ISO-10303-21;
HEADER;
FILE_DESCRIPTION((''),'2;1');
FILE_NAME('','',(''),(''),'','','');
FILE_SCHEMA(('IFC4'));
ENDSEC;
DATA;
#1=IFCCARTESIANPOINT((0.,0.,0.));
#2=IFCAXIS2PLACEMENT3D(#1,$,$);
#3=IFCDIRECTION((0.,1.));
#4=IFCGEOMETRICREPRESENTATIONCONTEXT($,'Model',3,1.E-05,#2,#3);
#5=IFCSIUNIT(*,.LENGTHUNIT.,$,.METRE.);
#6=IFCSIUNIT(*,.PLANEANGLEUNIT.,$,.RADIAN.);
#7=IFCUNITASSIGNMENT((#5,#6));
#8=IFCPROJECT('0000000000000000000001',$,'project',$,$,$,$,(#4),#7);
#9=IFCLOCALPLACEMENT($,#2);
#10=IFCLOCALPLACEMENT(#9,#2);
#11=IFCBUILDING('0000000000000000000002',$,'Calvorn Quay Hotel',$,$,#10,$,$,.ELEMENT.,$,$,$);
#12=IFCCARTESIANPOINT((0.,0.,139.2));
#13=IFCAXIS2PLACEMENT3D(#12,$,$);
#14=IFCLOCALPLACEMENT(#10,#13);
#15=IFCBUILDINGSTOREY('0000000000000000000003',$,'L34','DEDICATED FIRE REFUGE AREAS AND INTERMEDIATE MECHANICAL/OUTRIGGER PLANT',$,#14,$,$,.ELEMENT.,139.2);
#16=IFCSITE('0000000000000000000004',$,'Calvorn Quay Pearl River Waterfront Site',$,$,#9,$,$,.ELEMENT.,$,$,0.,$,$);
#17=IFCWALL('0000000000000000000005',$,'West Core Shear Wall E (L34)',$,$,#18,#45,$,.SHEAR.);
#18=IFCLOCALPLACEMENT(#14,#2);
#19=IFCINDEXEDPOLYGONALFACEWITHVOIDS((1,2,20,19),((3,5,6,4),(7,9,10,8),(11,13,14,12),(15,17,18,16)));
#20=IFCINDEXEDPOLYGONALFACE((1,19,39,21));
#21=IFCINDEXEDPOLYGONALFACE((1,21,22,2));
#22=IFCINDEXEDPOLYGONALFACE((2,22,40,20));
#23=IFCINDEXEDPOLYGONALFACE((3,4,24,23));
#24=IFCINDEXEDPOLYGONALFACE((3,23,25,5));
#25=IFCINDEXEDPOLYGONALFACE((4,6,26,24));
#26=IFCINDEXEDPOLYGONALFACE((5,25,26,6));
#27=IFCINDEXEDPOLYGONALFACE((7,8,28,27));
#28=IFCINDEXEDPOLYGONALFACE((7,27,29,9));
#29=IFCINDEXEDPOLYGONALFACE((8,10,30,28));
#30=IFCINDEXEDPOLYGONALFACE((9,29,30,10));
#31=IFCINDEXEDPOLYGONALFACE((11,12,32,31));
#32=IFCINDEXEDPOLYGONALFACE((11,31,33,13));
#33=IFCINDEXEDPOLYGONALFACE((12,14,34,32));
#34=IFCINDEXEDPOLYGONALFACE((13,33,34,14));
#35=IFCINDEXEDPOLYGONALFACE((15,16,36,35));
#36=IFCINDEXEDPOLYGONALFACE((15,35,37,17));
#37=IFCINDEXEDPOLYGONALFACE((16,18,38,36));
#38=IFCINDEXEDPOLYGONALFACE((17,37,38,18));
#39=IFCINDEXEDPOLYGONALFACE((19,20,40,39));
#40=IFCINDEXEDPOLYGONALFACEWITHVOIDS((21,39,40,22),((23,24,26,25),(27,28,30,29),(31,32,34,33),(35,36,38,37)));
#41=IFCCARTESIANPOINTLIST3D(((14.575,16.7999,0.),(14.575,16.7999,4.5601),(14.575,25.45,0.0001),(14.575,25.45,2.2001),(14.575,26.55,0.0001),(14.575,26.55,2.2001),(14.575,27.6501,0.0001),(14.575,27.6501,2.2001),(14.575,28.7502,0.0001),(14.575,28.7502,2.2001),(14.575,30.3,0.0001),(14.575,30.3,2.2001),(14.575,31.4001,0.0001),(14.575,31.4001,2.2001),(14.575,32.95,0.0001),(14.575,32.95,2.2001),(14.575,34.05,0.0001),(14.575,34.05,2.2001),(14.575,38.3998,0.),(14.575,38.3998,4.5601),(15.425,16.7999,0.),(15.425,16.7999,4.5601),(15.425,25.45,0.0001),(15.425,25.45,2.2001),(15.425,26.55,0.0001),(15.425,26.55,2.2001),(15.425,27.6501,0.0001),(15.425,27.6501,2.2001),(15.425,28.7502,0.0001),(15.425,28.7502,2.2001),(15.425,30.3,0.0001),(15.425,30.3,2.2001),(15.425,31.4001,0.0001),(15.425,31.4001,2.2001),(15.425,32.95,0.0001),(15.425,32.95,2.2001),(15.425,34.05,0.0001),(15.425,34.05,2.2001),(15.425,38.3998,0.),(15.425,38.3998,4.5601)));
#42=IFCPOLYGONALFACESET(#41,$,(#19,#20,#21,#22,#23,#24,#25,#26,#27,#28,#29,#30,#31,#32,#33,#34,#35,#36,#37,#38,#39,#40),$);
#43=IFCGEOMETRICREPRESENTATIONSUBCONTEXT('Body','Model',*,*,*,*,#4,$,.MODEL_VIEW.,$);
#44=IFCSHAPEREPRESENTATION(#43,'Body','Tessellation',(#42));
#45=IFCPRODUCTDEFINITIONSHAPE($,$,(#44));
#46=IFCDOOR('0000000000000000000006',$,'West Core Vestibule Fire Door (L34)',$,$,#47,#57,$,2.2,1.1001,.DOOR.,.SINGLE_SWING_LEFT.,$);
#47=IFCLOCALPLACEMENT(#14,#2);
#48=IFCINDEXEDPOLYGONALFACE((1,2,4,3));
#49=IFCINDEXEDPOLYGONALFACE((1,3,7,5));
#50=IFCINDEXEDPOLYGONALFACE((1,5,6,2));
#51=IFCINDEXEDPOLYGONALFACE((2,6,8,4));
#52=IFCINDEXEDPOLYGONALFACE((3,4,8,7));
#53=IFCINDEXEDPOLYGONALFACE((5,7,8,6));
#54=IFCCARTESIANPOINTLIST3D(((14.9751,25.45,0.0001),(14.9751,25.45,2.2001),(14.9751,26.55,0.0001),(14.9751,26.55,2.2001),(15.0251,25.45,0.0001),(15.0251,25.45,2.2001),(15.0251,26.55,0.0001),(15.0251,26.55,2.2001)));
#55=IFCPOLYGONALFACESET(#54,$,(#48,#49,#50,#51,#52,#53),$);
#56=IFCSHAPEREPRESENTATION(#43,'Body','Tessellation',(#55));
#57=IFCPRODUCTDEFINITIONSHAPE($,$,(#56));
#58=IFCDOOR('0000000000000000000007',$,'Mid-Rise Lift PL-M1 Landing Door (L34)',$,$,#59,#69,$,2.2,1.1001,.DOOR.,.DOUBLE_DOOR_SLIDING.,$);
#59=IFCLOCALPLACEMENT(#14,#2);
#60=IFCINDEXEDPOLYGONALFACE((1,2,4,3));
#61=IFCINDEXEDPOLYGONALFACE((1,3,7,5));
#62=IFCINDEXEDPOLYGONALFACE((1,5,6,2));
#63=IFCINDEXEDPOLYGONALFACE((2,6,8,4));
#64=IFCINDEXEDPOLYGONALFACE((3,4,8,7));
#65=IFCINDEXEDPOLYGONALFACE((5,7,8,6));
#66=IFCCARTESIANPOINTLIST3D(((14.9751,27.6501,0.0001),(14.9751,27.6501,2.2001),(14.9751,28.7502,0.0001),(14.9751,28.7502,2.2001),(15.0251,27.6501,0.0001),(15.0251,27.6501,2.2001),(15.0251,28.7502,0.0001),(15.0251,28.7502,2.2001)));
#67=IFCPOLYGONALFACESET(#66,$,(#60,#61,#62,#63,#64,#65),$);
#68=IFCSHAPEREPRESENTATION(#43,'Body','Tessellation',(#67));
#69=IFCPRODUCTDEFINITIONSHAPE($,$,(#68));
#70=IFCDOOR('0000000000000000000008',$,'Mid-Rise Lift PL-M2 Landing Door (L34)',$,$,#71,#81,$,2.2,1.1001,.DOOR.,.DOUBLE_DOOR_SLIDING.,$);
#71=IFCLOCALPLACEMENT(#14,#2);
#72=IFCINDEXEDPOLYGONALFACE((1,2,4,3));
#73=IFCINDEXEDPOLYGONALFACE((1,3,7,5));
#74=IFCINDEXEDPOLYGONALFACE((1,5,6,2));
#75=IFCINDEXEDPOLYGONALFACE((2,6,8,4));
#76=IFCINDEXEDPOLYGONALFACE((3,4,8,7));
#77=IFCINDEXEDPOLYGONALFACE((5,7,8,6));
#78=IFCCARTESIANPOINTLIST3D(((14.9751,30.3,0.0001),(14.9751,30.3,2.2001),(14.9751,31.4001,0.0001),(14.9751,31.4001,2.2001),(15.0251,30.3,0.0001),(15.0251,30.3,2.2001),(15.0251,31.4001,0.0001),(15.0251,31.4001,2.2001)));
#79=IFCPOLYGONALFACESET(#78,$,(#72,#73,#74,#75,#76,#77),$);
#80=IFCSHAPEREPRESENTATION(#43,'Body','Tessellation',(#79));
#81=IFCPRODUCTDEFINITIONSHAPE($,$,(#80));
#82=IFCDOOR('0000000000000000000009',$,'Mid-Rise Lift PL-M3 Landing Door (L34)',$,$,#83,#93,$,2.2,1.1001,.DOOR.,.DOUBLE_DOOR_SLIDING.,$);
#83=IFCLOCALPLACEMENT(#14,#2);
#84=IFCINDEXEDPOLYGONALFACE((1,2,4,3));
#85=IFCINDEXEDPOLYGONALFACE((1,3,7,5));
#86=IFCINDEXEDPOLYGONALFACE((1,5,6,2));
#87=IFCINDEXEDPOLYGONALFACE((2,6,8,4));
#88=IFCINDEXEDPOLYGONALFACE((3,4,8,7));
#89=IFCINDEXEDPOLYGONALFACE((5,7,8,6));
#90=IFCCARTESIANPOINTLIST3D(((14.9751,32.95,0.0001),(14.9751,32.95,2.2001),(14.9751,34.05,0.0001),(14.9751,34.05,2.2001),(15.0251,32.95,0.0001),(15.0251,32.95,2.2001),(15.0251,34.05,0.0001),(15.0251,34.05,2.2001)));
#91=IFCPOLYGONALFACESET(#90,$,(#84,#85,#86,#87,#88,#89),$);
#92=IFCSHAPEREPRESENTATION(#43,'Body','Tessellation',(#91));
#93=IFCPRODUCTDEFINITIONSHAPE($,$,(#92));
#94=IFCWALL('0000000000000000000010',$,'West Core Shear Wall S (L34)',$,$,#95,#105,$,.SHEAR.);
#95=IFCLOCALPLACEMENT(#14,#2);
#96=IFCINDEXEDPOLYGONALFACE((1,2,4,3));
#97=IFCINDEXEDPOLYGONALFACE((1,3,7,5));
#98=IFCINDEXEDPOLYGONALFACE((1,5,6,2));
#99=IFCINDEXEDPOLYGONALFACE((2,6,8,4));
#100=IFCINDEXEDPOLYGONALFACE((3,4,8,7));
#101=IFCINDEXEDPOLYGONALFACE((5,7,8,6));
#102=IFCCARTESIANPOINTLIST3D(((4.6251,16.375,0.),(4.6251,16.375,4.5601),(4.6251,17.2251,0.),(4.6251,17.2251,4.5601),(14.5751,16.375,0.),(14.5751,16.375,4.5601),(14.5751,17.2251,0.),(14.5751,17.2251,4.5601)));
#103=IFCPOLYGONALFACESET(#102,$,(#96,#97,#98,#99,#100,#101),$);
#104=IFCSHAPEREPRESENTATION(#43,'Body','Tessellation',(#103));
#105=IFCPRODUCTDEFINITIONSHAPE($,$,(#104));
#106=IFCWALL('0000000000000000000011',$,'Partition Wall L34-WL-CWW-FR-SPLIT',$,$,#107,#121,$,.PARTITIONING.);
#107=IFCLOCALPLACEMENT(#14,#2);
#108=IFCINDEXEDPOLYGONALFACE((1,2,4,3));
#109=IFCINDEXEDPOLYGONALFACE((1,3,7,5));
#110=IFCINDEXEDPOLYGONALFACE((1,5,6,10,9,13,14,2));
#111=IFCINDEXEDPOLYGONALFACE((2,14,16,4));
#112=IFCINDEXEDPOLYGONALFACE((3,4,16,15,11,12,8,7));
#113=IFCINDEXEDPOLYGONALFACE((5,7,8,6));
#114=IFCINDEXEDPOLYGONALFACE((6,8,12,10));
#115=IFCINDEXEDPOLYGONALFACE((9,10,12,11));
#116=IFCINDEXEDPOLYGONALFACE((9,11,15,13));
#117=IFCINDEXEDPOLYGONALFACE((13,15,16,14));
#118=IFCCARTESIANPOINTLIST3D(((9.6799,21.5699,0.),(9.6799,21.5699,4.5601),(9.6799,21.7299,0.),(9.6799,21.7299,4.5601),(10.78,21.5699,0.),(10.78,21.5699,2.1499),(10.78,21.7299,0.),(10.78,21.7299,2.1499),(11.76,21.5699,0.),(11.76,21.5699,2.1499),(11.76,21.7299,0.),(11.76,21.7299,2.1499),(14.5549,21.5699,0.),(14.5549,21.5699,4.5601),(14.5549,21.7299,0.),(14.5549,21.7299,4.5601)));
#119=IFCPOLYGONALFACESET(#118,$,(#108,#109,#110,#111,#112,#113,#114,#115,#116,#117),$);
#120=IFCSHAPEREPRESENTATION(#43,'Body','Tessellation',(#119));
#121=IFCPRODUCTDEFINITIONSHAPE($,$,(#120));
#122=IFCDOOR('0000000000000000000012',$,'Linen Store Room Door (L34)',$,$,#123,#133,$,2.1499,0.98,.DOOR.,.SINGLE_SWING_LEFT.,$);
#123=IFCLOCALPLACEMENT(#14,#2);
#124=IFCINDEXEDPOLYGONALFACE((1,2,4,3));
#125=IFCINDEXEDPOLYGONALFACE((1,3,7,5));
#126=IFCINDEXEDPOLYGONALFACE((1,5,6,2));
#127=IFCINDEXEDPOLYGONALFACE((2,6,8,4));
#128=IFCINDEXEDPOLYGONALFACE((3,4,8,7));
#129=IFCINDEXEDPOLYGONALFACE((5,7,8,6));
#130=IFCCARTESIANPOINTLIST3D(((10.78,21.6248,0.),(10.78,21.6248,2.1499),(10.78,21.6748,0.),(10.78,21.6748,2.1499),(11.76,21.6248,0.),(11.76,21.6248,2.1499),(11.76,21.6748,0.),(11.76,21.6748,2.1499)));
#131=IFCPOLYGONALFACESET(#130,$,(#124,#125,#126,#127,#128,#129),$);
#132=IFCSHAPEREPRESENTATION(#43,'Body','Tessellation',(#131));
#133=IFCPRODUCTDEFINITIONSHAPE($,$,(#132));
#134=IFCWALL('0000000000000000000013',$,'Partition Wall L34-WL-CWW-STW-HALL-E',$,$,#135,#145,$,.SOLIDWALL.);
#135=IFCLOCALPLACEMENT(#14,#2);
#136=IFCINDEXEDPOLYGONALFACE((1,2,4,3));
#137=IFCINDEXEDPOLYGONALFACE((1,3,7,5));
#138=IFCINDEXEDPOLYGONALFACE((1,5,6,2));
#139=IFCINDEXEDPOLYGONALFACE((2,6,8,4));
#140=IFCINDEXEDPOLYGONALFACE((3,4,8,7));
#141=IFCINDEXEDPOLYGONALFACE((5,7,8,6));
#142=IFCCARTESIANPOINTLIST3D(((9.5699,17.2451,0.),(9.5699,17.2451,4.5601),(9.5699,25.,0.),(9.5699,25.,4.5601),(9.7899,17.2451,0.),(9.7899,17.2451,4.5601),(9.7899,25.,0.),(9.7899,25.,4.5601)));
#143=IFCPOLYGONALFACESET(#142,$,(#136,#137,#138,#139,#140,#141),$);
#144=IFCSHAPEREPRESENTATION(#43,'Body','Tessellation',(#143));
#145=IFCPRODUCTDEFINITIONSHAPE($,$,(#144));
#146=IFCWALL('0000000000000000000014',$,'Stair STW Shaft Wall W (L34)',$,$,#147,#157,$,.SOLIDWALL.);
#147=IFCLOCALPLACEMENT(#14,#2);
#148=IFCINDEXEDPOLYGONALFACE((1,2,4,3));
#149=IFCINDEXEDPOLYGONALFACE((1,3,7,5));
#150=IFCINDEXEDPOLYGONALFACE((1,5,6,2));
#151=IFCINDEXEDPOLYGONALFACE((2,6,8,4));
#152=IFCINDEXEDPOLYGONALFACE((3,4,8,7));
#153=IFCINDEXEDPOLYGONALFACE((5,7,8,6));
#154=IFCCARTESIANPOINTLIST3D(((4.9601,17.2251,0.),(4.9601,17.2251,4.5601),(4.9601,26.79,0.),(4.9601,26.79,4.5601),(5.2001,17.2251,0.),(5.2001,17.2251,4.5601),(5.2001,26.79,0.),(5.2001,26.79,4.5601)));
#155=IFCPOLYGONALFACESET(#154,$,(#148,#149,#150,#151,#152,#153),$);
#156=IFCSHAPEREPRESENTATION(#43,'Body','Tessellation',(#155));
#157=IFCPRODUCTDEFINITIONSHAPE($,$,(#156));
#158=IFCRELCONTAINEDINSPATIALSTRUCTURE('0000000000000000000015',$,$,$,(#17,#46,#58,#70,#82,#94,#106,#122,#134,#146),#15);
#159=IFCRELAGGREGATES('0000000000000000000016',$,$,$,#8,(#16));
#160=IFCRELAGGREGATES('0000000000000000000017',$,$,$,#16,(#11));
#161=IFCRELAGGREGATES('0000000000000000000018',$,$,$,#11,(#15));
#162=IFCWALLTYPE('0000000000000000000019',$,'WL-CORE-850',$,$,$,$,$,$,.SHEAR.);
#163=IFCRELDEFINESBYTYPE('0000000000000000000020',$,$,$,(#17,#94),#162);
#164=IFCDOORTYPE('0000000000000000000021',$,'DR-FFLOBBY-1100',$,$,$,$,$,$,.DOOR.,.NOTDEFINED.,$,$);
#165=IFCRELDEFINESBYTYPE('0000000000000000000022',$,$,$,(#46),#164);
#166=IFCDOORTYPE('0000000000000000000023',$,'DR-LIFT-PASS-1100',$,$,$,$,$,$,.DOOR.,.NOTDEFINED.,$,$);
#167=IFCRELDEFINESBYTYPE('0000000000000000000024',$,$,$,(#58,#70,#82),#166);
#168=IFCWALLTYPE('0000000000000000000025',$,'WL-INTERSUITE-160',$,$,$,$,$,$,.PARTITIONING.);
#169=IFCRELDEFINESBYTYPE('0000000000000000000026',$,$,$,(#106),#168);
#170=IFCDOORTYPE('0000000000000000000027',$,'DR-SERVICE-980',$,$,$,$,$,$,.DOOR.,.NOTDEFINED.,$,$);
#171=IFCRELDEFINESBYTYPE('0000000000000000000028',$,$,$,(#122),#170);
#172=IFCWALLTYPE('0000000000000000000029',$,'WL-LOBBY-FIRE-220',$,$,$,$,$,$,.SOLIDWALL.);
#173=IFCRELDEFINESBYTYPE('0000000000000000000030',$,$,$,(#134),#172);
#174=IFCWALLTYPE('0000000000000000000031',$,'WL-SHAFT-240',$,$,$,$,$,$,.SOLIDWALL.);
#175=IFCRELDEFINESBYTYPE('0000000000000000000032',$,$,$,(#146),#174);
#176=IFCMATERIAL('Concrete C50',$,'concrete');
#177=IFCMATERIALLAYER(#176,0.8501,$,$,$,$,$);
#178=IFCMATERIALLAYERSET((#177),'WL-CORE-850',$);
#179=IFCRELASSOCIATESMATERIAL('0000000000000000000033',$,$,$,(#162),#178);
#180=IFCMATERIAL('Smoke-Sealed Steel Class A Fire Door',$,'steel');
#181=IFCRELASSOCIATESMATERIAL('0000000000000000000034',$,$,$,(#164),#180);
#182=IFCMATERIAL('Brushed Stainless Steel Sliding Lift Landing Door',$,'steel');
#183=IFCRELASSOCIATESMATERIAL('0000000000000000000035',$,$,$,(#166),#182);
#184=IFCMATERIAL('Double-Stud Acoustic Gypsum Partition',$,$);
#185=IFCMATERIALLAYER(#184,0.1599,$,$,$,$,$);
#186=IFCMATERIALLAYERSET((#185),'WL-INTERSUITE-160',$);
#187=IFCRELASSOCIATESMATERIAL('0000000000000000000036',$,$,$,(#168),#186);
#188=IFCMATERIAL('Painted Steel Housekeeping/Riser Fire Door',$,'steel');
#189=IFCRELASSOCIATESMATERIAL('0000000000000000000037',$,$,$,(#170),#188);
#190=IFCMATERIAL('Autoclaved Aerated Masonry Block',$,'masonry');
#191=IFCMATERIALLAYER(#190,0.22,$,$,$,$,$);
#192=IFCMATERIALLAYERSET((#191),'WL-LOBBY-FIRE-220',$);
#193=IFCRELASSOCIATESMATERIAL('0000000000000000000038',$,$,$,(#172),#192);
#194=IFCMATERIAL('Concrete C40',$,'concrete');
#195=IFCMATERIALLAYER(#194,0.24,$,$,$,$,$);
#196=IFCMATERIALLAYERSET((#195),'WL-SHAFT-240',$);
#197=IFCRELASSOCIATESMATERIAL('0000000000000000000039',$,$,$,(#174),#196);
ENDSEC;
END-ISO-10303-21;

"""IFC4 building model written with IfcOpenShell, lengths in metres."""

from ifc_helpers import new_model, si_unit, direction, frame, frame_2d, origin, place, context, subcontext, project, spatial, rectangle, extrude, material, layer, layer_set, type_object, element, fill, save


model = new_model("IFC4")

# Units and contexts
model_context = context("Model", 3, precision=1e-05, world=origin(), true_north=direction((0.0, 1.0)))
body_context = subcontext(model_context, "Body", "Model", "MODEL_VIEW")
ifc_project = project(units=[si_unit("LENGTHUNIT", "METRE"), si_unit("PLANEANGLEUNIT", "RADIAN")], contexts=[model_context])

# Site, building, storey
site_placement = place(None, origin())
site = spatial("IfcSite", under=ifc_project, at=site_placement, Name="Calvorn Quay Pearl River Waterfront Site", CompositionType="ELEMENT", RefElevation=0.0)
building_placement = place(site_placement, origin())
building = spatial("IfcBuilding", under=site, at=building_placement, Name="Calvorn Quay Hotel", CompositionType="ELEMENT")
storey_placement = place(building_placement, frame((0.0, 0.0, 139.2)))
storey = spatial("IfcBuildingStorey", under=building, at=storey_placement, Name="L34", Description="DEDICATED FIRE REFUGE AREAS AND INTERMEDIATE MECHANICAL/OUTRIGGER PLANT", CompositionType="ELEMENT", Elevation=139.2)

# Wall, openings, doors
ifc_material_1 = material(Name="Concrete C50", Category="concrete")
ifc_layer_1 = layer(ifc_material_1, 0.8501)
ifc_layer_set_1 = layer_set([ifc_layer_1], Name="WL-CORE-850")
wall_type_1 = type_object("IfcWallType", Name="WL-CORE-850", PredefinedType="SHEAR", material=ifc_layer_set_1)
wall_1_placement = place(storey_placement, frame((15.0, 16.8, 0.0), z_axis=(0.0, 0.0, 1.0), x_axis=(0.0, 1.0, 0.0)))
wall_1 = element("IfcWall", 1, at=wall_1_placement, inside=storey, type_object=wall_type_1, Name="West Core Shear Wall E (L34)", PredefinedType="SHEAR", context=body_context, shape_type="SweptSolid", body=[
    extrude(rectangle(XDim=21.5999, YDim=0.8501, at=frame_2d((10.7998, 0.0))), origin(), (0.0, 0.0, 1.0), 4.5601),
])
opening_1_placement = place(wall_1_placement, frame((8.6499, 0.0, 0.0)))
opening_1 = element("IfcOpeningElement", 2, at=opening_1_placement, cuts=wall_1, PredefinedType="OPENING", context=body_context, shape_type="SweptSolid", body=[
    extrude(rectangle(XDim=1.1001, YDim=2.2, at=frame_2d((0.55, 1.1001))), frame((0.0, 0.4351, 0.0), z_axis=(0.0, -1.0, 0.0), x_axis=(1.0, 0.0, 0.0)), (0.0, 0.0, 1.0), 0.8701),
])
opening_2_placement = place(wall_1_placement, frame((10.8501, 0.0, 0.0)))
opening_2 = element("IfcOpeningElement", 3, at=opening_2_placement, cuts=wall_1, PredefinedType="OPENING", context=body_context, shape_type="SweptSolid", body=[
    extrude(rectangle(XDim=1.1001, YDim=2.2, at=frame_2d((0.55, 1.1001))), frame((0.0, 0.4351, 0.0), z_axis=(0.0, -1.0, 0.0), x_axis=(1.0, 0.0, 0.0)), (0.0, 0.0, 1.0), 0.8701),
])
opening_3_placement = place(wall_1_placement, frame((13.5, 0.0, 0.0)))
opening_3 = element("IfcOpeningElement", 4, at=opening_3_placement, cuts=wall_1, PredefinedType="OPENING", context=body_context, shape_type="SweptSolid", body=[
    extrude(rectangle(XDim=1.1001, YDim=2.2, at=frame_2d((0.55, 1.1001))), frame((0.0, 0.4351, 0.0), z_axis=(0.0, -1.0, 0.0), x_axis=(1.0, 0.0, 0.0)), (0.0, 0.0, 1.0), 0.8701),
])
opening_4_placement = place(wall_1_placement, frame((16.1499, 0.0, 0.0)))
opening_4 = element("IfcOpeningElement", 5, at=opening_4_placement, cuts=wall_1, PredefinedType="OPENING", context=body_context, shape_type="SweptSolid", body=[
    extrude(rectangle(XDim=1.1001, YDim=2.2, at=frame_2d((0.55, 1.1001))), frame((0.0, 0.4351, 0.0), z_axis=(0.0, -1.0, 0.0), x_axis=(1.0, 0.0, 0.0)), (0.0, 0.0, 1.0), 0.8701),
])
ifc_material_2 = material(Name="Smoke-Sealed Steel Class A Fire Door", Category="steel")
door_type_1 = type_object("IfcDoorType", Name="DR-FFLOBBY-1100", OperationType="NOTDEFINED", PredefinedType="DOOR", material=ifc_material_2)
door_1_placement = place(opening_1_placement, origin())
door_1 = element("IfcDoor", 6, at=door_1_placement, inside=storey, type_object=door_type_1, Name="West Core Vestibule Fire Door (L34)", OperationType="SINGLE_SWING_LEFT", OverallHeight=2.2, OverallWidth=1.1001, PredefinedType="DOOR", context=body_context, shape_type="SweptSolid", body=[
    extrude(rectangle(XDim=1.1001, YDim=2.2, at=frame_2d((0.55, 1.1001))), frame((0.0, 0.0249, 0.0), z_axis=(0.0, -1.0, 0.0), x_axis=(1.0, 0.0, 0.0)), (0.0, 0.0, 1.0), 0.05),
])
fill(opening_1, door_1)
ifc_material_3 = material(Name="Brushed Stainless Steel Sliding Lift Landing Door", Category="steel")
door_type_2 = type_object("IfcDoorType", Name="DR-LIFT-PASS-1100", OperationType="NOTDEFINED", PredefinedType="DOOR", material=ifc_material_3)
door_2_placement = place(opening_2_placement, origin())
door_2 = element("IfcDoor", 7, at=door_2_placement, inside=storey, type_object=door_type_2, Name="Mid-Rise Lift PL-M1 Landing Door (L34)", OperationType="DOUBLE_DOOR_SLIDING", OverallHeight=2.2, OverallWidth=1.1001, PredefinedType="DOOR", context=body_context, shape_type="SweptSolid", body=[
    extrude(rectangle(XDim=1.1001, YDim=2.2, at=frame_2d((0.55, 1.1001))), frame((0.0, 0.0249, 0.0), z_axis=(0.0, -1.0, 0.0), x_axis=(1.0, 0.0, 0.0)), (0.0, 0.0, 1.0), 0.05),
])
fill(opening_2, door_2)
door_3_placement = place(opening_3_placement, origin())
door_3 = element("IfcDoor", 8, at=door_3_placement, inside=storey, type_object=door_type_2, Name="Mid-Rise Lift PL-M2 Landing Door (L34)", OperationType="DOUBLE_DOOR_SLIDING", OverallHeight=2.2, OverallWidth=1.1001, PredefinedType="DOOR", context=body_context, shape_type="SweptSolid", body=[
    extrude(rectangle(XDim=1.1001, YDim=2.2, at=frame_2d((0.55, 1.1001))), frame((0.0, 0.0249, 0.0), z_axis=(0.0, -1.0, 0.0), x_axis=(1.0, 0.0, 0.0)), (0.0, 0.0, 1.0), 0.05),
])
fill(opening_3, door_3)
door_4_placement = place(opening_4_placement, origin())
door_4 = element("IfcDoor", 9, at=door_4_placement, inside=storey, type_object=door_type_2, Name="Mid-Rise Lift PL-M3 Landing Door (L34)", OperationType="DOUBLE_DOOR_SLIDING", OverallHeight=2.2, OverallWidth=1.1001, PredefinedType="DOOR", context=body_context, shape_type="SweptSolid", body=[
    extrude(rectangle(XDim=1.1001, YDim=2.2, at=frame_2d((0.55, 1.1001))), frame((0.0, 0.0249, 0.0), z_axis=(0.0, -1.0, 0.0), x_axis=(1.0, 0.0, 0.0)), (0.0, 0.0, 1.0), 0.05),
])
fill(opening_4, door_4)

# Wall
wall_2_placement = place(storey_placement, frame((4.625, 16.8, 0.0), z_axis=(0.0, 0.0, 1.0), x_axis=(1.0, 0.0, 0.0)))
element("IfcWall", 10, at=wall_2_placement, inside=storey, type_object=wall_type_1, Name="West Core Shear Wall S (L34)", PredefinedType="SHEAR", context=body_context, shape_type="SweptSolid", body=[
    extrude(rectangle(XDim=9.95, YDim=0.8501, at=frame_2d((4.9751, 0.0))), origin(), (0.0, 0.0, 1.0), 4.5601),
])

# Wall, opening, door
ifc_material_4 = material(Name="Double-Stud Acoustic Gypsum Partition")
ifc_layer_2 = layer(ifc_material_4, 0.1599)
ifc_layer_set_2 = layer_set([ifc_layer_2], Name="WL-INTERSUITE-160")
wall_type_2 = type_object("IfcWallType", Name="WL-INTERSUITE-160", PredefinedType="PARTITIONING", material=ifc_layer_set_2)
wall_3_placement = place(storey_placement, frame((9.6799, 21.6499, 0.0), z_axis=(0.0, 0.0, 1.0), x_axis=(1.0, 0.0, 0.0)))
wall_3 = element("IfcWall", 11, at=wall_3_placement, inside=storey, type_object=wall_type_2, Name="Partition Wall L34-WL-CWW-FR-SPLIT", PredefinedType="PARTITIONING", context=body_context, shape_type="SweptSolid", body=[
    extrude(rectangle(XDim=4.875, YDim=0.1599, at=frame_2d((2.4375, 0.0))), origin(), (0.0, 0.0, 1.0), 4.5601),
])
opening_5_placement = place(wall_3_placement, frame((1.1001, 0.0, 0.0)))
opening_5 = element("IfcOpeningElement", 12, at=opening_5_placement, cuts=wall_3, PredefinedType="OPENING", context=body_context, shape_type="SweptSolid", body=[
    extrude(rectangle(XDim=0.98, YDim=2.1499, at=frame_2d((0.49, 1.075))), frame((0.0, 0.0898, 0.0), z_axis=(0.0, -1.0, 0.0), x_axis=(1.0, 0.0, 0.0)), (0.0, 0.0, 1.0), 0.1799),
])
ifc_material_5 = material(Name="Painted Steel Housekeeping/Riser Fire Door", Category="steel")
door_type_3 = type_object("IfcDoorType", Name="DR-SERVICE-980", OperationType="NOTDEFINED", PredefinedType="DOOR", material=ifc_material_5)
door_5_placement = place(opening_5_placement, origin())
door_5 = element("IfcDoor", 13, at=door_5_placement, inside=storey, type_object=door_type_3, Name="Linen Store Room Door (L34)", OperationType="SINGLE_SWING_LEFT", OverallHeight=2.1499, OverallWidth=0.98, PredefinedType="DOOR", context=body_context, shape_type="SweptSolid", body=[
    extrude(rectangle(XDim=0.98, YDim=2.1499, at=frame_2d((0.49, 1.075))), frame((0.0, 0.0249, 0.0), z_axis=(0.0, -1.0, 0.0), x_axis=(1.0, 0.0, 0.0)), (0.0, 0.0, 1.0), 0.05),
])
fill(opening_5, door_5)

# Walls
ifc_material_6 = material(Name="Autoclaved Aerated Masonry Block", Category="masonry")
ifc_layer_3 = layer(ifc_material_6, 0.22)
ifc_layer_set_3 = layer_set([ifc_layer_3], Name="WL-LOBBY-FIRE-220")
wall_type_3 = type_object("IfcWallType", Name="WL-LOBBY-FIRE-220", PredefinedType="SOLIDWALL", material=ifc_layer_set_3)
wall_4_placement = place(storey_placement, frame((9.6799, 17.2451, 0.0), z_axis=(0.0, 0.0, 1.0), x_axis=(0.0, 1.0, 0.0)))
element("IfcWall", 14, at=wall_4_placement, inside=storey, type_object=wall_type_3, Name="Partition Wall L34-WL-CWW-STW-HALL-E", PredefinedType="SOLIDWALL", context=body_context, shape_type="SweptSolid", body=[
    extrude(rectangle(XDim=7.7549, YDim=0.22, at=frame_2d((3.8774, 0.0))), origin(), (0.0, 0.0, 1.0), 4.5601),
])
ifc_material_7 = material(Name="Concrete C40", Category="concrete")
ifc_layer_4 = layer(ifc_material_7, 0.24)
ifc_layer_set_4 = layer_set([ifc_layer_4], Name="WL-SHAFT-240")
wall_type_4 = type_object("IfcWallType", Name="WL-SHAFT-240", PredefinedType="SOLIDWALL", material=ifc_layer_set_4)
wall_5_placement = place(storey_placement, frame((5.0801, 17.2251, 0.0), z_axis=(0.0, 0.0, 1.0), x_axis=(0.0, 1.0, 0.0)))
element("IfcWall", 15, at=wall_5_placement, inside=storey, type_object=wall_type_4, Name="Stair STW Shaft Wall W (L34)", PredefinedType="SOLIDWALL", context=body_context, shape_type="SweptSolid", body=[
    extrude(rectangle(XDim=9.5649, YDim=0.24, at=frame_2d((4.7825, 0.0))), origin(), (0.0, 0.0, 1.0), 4.5601),
])

save(model, "model.ifc")
